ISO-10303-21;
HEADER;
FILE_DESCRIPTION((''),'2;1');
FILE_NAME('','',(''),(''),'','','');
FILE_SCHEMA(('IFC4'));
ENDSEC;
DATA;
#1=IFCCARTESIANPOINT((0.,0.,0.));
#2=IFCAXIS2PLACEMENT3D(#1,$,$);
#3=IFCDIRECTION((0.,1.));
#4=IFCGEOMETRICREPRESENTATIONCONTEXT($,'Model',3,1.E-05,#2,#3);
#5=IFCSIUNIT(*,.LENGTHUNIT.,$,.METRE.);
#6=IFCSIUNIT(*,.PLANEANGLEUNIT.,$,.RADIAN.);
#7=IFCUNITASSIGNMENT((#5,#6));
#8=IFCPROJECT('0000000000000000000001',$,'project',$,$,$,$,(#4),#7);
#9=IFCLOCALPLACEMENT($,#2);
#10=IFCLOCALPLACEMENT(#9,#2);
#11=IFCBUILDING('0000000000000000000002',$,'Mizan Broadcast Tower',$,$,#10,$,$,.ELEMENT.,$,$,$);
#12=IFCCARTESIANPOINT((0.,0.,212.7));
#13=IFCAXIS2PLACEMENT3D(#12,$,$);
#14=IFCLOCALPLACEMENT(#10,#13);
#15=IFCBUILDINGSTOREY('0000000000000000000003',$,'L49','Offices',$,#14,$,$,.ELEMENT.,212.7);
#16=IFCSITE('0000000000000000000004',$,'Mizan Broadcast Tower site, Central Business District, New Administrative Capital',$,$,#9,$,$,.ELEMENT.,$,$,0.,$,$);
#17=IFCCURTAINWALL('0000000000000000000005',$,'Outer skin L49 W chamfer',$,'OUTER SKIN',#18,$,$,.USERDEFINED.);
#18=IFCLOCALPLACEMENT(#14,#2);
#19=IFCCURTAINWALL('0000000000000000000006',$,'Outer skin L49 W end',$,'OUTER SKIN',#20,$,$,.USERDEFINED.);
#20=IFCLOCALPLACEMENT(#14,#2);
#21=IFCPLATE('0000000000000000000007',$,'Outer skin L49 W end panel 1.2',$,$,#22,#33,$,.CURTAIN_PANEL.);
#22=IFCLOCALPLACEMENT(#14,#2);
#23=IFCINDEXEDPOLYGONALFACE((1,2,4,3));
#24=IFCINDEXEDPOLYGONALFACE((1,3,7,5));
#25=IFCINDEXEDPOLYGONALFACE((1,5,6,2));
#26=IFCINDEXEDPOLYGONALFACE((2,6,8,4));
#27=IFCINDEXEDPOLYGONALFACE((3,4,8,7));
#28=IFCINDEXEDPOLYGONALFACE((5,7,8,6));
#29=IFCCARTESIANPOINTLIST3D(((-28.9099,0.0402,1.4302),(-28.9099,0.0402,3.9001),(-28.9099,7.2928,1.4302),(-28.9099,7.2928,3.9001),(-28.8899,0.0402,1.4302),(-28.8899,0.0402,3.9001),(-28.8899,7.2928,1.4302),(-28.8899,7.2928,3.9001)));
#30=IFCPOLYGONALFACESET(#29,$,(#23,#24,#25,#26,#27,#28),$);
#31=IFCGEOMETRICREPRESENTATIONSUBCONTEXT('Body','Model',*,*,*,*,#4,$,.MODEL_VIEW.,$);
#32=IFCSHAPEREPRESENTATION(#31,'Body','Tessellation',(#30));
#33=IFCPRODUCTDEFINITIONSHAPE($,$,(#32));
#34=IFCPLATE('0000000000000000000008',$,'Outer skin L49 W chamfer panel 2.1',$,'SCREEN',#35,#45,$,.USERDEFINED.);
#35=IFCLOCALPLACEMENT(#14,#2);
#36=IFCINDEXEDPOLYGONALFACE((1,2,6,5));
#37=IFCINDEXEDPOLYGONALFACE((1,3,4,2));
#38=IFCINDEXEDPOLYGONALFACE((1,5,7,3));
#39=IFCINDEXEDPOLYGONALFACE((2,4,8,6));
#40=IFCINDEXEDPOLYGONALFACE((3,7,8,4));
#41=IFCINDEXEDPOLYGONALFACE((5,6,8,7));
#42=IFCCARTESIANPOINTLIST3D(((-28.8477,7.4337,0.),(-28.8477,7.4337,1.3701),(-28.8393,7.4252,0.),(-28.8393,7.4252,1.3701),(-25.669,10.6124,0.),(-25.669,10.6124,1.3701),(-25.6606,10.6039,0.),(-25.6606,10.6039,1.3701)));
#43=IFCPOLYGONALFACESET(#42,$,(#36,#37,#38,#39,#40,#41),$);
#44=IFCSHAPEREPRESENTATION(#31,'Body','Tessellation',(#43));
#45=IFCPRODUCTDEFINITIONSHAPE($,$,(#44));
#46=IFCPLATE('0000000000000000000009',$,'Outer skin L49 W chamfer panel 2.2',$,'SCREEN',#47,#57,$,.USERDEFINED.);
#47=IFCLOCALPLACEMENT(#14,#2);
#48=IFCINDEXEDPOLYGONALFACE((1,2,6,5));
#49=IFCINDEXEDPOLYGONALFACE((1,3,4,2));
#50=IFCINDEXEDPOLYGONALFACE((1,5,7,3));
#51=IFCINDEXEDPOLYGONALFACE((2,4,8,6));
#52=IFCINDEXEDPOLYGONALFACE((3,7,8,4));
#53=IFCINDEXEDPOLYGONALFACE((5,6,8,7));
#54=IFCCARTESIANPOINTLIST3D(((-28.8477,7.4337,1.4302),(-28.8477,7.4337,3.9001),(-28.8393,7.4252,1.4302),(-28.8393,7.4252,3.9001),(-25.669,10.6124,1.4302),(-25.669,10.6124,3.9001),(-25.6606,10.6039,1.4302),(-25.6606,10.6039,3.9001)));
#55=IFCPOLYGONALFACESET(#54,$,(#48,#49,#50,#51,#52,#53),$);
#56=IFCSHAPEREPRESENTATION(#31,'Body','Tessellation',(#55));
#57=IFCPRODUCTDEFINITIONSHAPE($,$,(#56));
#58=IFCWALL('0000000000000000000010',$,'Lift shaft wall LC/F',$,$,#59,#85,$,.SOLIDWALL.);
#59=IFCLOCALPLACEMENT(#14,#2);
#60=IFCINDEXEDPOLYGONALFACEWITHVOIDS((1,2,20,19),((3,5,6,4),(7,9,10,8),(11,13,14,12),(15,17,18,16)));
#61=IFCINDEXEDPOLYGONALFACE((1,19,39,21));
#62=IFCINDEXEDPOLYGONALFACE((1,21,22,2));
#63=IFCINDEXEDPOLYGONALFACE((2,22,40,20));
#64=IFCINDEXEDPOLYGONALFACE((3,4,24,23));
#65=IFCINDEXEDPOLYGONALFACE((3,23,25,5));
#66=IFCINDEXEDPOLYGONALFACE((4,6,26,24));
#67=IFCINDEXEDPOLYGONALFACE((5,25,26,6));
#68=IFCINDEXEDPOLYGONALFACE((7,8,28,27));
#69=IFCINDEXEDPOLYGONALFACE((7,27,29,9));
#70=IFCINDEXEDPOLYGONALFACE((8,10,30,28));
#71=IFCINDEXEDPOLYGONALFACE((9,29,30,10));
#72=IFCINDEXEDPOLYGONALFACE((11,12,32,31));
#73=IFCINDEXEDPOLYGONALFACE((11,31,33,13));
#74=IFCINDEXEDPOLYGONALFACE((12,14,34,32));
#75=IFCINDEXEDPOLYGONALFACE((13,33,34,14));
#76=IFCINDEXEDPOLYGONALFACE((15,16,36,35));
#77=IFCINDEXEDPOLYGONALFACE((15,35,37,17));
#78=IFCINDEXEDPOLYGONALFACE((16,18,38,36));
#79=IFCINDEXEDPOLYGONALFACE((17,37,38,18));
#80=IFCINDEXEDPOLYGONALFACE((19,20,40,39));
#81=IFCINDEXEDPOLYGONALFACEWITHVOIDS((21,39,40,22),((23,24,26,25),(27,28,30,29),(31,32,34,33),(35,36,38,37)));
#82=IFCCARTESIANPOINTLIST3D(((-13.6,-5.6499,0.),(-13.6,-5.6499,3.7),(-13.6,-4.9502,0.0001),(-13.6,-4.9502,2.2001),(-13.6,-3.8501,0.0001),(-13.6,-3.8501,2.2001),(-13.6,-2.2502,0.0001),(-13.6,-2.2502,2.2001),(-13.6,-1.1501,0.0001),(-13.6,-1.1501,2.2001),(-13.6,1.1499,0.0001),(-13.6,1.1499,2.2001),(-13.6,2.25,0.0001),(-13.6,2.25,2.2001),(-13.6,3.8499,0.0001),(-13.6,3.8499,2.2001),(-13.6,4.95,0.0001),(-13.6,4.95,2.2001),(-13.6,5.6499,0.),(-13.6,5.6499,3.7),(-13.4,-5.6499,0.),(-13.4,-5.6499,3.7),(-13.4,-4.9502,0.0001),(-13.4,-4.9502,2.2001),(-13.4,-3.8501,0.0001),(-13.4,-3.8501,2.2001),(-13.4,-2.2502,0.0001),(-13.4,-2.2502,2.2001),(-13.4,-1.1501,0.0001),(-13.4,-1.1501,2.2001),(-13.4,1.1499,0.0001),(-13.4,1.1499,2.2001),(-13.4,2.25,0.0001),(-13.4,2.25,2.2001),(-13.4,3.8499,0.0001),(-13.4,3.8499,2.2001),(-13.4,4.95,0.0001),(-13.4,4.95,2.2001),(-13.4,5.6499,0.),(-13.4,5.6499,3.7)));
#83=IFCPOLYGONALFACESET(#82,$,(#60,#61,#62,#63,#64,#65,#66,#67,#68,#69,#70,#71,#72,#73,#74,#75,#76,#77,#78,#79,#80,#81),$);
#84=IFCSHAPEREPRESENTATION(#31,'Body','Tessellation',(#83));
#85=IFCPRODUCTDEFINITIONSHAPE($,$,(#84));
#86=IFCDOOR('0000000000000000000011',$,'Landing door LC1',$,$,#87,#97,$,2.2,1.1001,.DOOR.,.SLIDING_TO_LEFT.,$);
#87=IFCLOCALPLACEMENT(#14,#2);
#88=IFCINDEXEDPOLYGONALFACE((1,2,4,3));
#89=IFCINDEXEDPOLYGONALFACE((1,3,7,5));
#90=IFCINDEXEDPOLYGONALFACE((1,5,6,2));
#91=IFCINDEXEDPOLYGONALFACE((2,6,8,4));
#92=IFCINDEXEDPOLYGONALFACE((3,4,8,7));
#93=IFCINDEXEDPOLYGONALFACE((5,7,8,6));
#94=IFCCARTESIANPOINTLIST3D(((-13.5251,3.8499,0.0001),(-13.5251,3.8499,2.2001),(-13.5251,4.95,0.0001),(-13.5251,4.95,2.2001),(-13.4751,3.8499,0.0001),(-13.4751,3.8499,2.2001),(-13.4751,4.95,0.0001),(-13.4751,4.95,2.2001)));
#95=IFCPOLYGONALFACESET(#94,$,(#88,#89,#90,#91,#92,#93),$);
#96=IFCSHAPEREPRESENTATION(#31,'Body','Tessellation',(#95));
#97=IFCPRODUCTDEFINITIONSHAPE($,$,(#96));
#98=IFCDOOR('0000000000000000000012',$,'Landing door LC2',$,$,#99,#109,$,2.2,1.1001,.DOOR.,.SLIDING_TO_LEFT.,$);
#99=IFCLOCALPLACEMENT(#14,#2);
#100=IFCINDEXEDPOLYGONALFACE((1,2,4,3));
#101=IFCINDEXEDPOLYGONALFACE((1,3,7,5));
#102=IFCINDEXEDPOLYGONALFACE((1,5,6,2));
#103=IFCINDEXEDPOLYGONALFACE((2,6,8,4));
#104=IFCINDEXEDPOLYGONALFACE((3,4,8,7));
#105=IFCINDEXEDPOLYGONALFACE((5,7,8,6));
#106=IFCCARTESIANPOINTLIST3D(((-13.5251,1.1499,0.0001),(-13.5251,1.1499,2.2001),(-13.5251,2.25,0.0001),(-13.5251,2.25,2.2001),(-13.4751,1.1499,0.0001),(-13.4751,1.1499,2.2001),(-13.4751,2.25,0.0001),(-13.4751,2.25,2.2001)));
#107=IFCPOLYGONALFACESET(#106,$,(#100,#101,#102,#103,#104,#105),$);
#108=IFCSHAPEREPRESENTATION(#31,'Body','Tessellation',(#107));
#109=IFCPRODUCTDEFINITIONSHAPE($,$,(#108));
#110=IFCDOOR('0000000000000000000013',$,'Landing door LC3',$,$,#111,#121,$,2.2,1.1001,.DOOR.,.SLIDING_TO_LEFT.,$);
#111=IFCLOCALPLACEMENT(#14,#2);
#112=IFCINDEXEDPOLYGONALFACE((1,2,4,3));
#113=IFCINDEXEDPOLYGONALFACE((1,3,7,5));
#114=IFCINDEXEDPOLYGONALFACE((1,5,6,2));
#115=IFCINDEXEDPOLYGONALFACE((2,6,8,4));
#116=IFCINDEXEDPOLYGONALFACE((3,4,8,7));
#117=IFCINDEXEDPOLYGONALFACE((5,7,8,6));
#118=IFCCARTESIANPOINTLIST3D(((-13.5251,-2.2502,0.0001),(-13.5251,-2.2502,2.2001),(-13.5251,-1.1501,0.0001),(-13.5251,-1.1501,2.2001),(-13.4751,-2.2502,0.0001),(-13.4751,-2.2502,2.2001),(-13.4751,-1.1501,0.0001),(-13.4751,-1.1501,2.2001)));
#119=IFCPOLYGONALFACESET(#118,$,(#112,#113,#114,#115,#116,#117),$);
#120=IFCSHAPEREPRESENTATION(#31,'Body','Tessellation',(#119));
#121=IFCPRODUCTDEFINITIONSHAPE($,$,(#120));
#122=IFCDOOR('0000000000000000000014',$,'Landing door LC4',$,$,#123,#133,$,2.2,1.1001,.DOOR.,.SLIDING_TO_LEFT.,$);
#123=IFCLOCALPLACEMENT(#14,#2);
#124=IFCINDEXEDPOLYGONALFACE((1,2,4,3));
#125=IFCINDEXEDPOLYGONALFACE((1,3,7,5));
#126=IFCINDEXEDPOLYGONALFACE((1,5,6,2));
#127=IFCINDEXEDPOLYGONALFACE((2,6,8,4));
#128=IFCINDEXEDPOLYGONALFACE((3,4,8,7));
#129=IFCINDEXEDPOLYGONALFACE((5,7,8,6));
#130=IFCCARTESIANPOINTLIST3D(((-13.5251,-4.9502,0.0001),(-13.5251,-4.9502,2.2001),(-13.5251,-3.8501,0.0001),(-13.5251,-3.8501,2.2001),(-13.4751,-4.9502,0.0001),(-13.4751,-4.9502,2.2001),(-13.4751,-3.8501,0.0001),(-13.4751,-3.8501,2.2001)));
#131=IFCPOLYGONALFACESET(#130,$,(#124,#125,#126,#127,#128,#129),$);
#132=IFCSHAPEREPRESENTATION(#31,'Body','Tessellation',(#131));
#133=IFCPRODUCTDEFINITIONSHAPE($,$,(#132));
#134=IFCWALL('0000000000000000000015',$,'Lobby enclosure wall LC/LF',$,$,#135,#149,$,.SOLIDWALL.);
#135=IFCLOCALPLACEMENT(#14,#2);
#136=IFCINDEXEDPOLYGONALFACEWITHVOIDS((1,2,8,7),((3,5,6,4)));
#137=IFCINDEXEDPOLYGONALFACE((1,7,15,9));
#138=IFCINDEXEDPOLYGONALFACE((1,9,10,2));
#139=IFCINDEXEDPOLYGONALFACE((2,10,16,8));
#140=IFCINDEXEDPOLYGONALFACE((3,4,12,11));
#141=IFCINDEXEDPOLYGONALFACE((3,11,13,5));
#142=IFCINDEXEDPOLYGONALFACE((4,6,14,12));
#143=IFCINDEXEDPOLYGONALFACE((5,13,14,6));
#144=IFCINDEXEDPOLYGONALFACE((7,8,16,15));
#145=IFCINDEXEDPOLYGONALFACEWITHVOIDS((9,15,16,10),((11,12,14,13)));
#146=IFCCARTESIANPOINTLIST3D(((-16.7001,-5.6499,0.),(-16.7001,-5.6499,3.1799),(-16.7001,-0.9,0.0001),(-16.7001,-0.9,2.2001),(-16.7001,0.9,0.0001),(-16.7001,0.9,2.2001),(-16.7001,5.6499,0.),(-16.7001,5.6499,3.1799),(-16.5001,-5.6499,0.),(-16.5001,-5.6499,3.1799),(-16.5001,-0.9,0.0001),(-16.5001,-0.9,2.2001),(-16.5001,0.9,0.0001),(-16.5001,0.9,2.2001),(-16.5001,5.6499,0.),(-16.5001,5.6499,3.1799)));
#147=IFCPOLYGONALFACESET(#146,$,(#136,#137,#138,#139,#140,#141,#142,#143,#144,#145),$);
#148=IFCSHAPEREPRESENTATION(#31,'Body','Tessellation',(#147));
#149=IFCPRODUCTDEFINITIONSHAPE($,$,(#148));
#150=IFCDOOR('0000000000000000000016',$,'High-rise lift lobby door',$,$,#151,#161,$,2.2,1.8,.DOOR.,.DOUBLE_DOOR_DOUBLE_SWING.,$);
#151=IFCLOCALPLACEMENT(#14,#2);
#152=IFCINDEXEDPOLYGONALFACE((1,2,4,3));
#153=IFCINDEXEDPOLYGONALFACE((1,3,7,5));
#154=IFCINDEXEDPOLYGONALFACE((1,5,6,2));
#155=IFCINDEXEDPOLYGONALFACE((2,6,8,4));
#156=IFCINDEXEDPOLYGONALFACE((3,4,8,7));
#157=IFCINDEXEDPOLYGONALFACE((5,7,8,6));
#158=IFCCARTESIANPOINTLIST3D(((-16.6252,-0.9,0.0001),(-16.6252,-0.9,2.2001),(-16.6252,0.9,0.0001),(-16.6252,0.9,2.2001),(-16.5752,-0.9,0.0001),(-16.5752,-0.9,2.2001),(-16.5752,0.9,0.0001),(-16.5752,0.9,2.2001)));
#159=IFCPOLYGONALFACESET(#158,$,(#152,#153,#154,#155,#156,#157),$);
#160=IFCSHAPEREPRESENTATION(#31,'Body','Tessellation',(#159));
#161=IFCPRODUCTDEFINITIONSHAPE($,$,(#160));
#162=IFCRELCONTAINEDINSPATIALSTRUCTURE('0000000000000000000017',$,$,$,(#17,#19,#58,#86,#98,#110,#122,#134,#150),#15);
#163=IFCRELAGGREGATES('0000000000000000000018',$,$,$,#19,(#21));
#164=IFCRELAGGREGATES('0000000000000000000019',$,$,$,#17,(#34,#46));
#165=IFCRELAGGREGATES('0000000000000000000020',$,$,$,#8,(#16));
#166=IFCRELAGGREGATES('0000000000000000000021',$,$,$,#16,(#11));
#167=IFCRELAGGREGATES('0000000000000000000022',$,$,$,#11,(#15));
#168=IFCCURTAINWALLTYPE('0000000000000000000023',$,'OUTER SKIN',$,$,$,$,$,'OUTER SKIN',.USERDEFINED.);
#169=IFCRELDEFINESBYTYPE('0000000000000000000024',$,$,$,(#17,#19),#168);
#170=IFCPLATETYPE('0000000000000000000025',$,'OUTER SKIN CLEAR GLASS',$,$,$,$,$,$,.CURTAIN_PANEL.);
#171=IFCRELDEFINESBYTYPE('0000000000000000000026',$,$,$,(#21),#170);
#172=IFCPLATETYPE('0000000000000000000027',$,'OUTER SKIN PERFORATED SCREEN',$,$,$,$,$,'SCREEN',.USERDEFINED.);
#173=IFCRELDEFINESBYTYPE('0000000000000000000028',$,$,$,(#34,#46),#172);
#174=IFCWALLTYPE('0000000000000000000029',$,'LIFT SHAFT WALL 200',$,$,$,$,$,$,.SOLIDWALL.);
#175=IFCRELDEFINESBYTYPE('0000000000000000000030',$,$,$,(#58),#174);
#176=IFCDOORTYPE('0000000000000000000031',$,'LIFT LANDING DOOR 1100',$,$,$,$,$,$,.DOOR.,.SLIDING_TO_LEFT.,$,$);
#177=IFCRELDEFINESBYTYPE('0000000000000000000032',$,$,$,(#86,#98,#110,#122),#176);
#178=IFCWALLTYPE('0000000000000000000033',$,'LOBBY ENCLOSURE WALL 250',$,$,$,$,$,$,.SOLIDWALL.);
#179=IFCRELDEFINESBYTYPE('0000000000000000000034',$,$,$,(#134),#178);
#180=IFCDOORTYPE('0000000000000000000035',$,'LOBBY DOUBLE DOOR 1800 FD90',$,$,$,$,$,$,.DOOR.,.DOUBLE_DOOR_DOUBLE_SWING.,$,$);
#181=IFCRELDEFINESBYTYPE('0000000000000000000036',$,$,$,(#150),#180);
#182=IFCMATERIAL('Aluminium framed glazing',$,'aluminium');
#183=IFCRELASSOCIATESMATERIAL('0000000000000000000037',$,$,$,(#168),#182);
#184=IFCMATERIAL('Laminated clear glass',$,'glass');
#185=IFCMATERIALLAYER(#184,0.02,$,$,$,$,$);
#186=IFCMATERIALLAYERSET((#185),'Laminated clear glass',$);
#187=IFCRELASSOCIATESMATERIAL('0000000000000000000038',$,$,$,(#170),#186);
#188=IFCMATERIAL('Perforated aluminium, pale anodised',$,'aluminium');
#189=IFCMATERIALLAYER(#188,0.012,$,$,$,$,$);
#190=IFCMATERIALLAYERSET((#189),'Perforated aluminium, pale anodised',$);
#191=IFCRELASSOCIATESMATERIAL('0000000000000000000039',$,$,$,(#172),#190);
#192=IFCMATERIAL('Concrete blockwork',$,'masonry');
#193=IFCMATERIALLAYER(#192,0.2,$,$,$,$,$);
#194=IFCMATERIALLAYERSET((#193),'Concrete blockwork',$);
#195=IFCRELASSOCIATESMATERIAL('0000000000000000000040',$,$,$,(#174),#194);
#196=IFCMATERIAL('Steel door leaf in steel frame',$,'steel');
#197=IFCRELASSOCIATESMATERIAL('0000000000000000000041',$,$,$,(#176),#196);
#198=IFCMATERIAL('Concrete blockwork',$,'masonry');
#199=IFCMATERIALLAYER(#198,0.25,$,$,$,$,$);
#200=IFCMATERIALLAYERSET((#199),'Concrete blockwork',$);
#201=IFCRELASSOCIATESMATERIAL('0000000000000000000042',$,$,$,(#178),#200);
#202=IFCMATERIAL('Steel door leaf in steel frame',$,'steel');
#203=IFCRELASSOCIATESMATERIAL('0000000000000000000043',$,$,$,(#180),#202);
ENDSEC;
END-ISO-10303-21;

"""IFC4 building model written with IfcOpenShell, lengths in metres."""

from ifc_helpers import new_model, si_unit, direction, frame, frame_2d, origin, origin_2d, place, context, subcontext, project, spatial, rectangle, extrude, material, layer, layer_set, type_object, element, fill, aggregate, save


model = new_model("IFC4")

# Units and contexts
model_context = context("Model", 3, precision=1e-05, world=origin(), true_north=direction((0.0, 1.0)))
body_context = subcontext(model_context, "Body", "Model", "MODEL_VIEW")
ifc_project = project(units=[si_unit("LENGTHUNIT", "METRE"), si_unit("PLANEANGLEUNIT", "RADIAN")], contexts=[model_context])

# Site, building, storey
site_placement = place(None, origin())
site = spatial("IfcSite", under=ifc_project, at=site_placement, Name="Mizan Broadcast Tower site, Central Business District, New Administrative Capital", CompositionType="ELEMENT", RefElevation=0.0)
building_placement = place(site_placement, origin())
building = spatial("IfcBuilding", under=site, at=building_placement, Name="Mizan Broadcast Tower", CompositionType="ELEMENT")
storey_placement = place(building_placement, frame((0.0, 0.0, 212.7)))
storey = spatial("IfcBuildingStorey", under=building, at=storey_placement, Name="L49", Description="Offices", CompositionType="ELEMENT", Elevation=212.7)

# Curtain wall
ifc_material_1 = material(Name="Aluminium framed glazing", Category="aluminium")
curtain_wall_type_1 = type_object("IfcCurtainWallType", Name="OUTER SKIN", ElementType="OUTER SKIN", PredefinedType="USERDEFINED", material=ifc_material_1)
curtain_wall_1_placement = place(storey_placement, origin())
curtain_wall_1 = element("IfcCurtainWall", 1, at=curtain_wall_1_placement, inside=storey, type_object=curtain_wall_type_1, Name="Outer skin L49 W chamfer", ObjectType="OUTER SKIN", PredefinedType="USERDEFINED")

# Curtain wall
curtain_wall_2_placement = place(storey_placement, origin())
curtain_wall_2 = element("IfcCurtainWall", 2, at=curtain_wall_2_placement, inside=storey, type_object=curtain_wall_type_1, Name="Outer skin L49 W end", ObjectType="OUTER SKIN", PredefinedType="USERDEFINED")

# Plates
ifc_material_2 = material(Name="Laminated clear glass", Category="glass")
ifc_layer_1 = layer(ifc_material_2, 0.02)
ifc_layer_set_1 = layer_set([ifc_layer_1], Name="Laminated clear glass")
plate_type_1 = type_object("IfcPlateType", Name="OUTER SKIN CLEAR GLASS", PredefinedType="CURTAIN_PANEL", material=ifc_layer_set_1)
plate_1_placement = place(storey_placement, frame((-28.8999, 3.6665, 1.4302), z_axis=(0.0, 0.0, 1.0), x_axis=(0.0, -1.0, 0.0)))
plate_1 = element("IfcPlate", 3, at=plate_1_placement, type_object=plate_type_1, Name="Outer skin L49 W end panel 1.2", PredefinedType="CURTAIN_PANEL", context=body_context, shape_type="SweptSolid", body=[
    extrude(rectangle(XDim=7.2527, YDim=0.02, at=origin_2d()), origin(), (0.0, 0.0, 1.0), 2.47),
])
aggregate(curtain_wall_2, [plate_1])
ifc_material_3 = material(Name="Perforated aluminium, pale anodised", Category="aluminium")
ifc_layer_2 = layer(ifc_material_3, 0.012)
ifc_layer_set_2 = layer_set([ifc_layer_2], Name="Perforated aluminium, pale anodised")
plate_type_2 = type_object("IfcPlateType", Name="OUTER SKIN PERFORATED SCREEN", ElementType="SCREEN", PredefinedType="USERDEFINED", material=ifc_layer_set_2)
plate_2_placement = place(storey_placement, frame((-27.2542, 9.0188, 0.0), z_axis=(0.0, 0.0, 1.0), x_axis=(-0.707107, -0.707107, 0.0)))
plate_2 = element("IfcPlate", 4, at=plate_2_placement, type_object=plate_type_2, Name="Outer skin L49 W chamfer panel 2.1", ObjectType="SCREEN", PredefinedType="USERDEFINED", context=body_context, shape_type="SweptSolid", body=[
    extrude(rectangle(XDim=4.4954, YDim=0.012, at=origin_2d()), origin(), (0.0, 0.0, 1.0), 1.3701),
])
plate_3_placement = place(storey_placement, frame((-27.2542, 9.0188, 1.4302), z_axis=(0.0, 0.0, 1.0), x_axis=(-0.707107, -0.707107, 0.0)))
plate_3 = element("IfcPlate", 5, at=plate_3_placement, type_object=plate_type_2, Name="Outer skin L49 W chamfer panel 2.2", ObjectType="SCREEN", PredefinedType="USERDEFINED", context=body_context, shape_type="SweptSolid", body=[
    extrude(rectangle(XDim=4.4954, YDim=0.012, at=origin_2d()), origin(), (0.0, 0.0, 1.0), 2.47),
])
aggregate(curtain_wall_1, [plate_2, plate_3])

# Wall, openings, doors
ifc_material_4 = material(Name="Concrete blockwork", Category="masonry")
ifc_layer_3 = layer(ifc_material_4, 0.2)
ifc_layer_set_3 = layer_set([ifc_layer_3], Name="Concrete blockwork")
wall_type_1 = type_object("IfcWallType", Name="LIFT SHAFT WALL 200", PredefinedType="SOLIDWALL", material=ifc_layer_set_3)
wall_1_placement = place(storey_placement, frame((-13.5, 5.6499, 0.0), z_axis=(0.0, 0.0, 1.0), x_axis=(0.0, -1.0, 0.0)))
wall_1 = element("IfcWall", 6, at=wall_1_placement, inside=storey, type_object=wall_type_1, Name="Lift shaft wall LC/F", PredefinedType="SOLIDWALL", context=body_context, shape_type="SweptSolid", body=[
    extrude(rectangle(XDim=11.2998, YDim=0.2, at=frame_2d((5.6499, 0.0))), origin(), (0.0, 0.0, 1.0), 3.7),
])
opening_1_placement = place(wall_1_placement, frame((0.7, 0.0, 0.0)))
opening_1 = element("IfcOpeningElement", 7, at=opening_1_placement, cuts=wall_1, PredefinedType="OPENING", context=body_context, shape_type="SweptSolid", body=[
    extrude(rectangle(XDim=1.1001, YDim=2.2, at=frame_2d((0.55, 1.1001))), frame((0.0, 0.1099, 0.0), z_axis=(0.0, -1.0, 0.0), x_axis=(1.0, 0.0, 0.0)), (0.0, 0.0, 1.0), 0.22),
])
opening_2_placement = place(wall_1_placement, frame((3.3999, 0.0, 0.0)))
opening_2 = element("IfcOpeningElement", 8, at=opening_2_placement, cuts=wall_1, PredefinedType="OPENING", context=body_context, shape_type="SweptSolid", body=[
    extrude(rectangle(XDim=1.1001, YDim=2.2, at=frame_2d((0.55, 1.1001))), frame((0.0, 0.1099, 0.0), z_axis=(0.0, -1.0, 0.0), x_axis=(1.0, 0.0, 0.0)), (0.0, 0.0, 1.0), 0.22),
])
opening_3_placement = place(wall_1_placement, frame((6.8, 0.0, 0.0)))
opening_3 = element("IfcOpeningElement", 9, at=opening_3_placement, cuts=wall_1, PredefinedType="OPENING", context=body_context, shape_type="SweptSolid", body=[
    extrude(rectangle(XDim=1.1001, YDim=2.2, at=frame_2d((0.55, 1.1001))), frame((0.0, 0.1099, 0.0), z_axis=(0.0, -1.0, 0.0), x_axis=(1.0, 0.0, 0.0)), (0.0, 0.0, 1.0), 0.22),
])
opening_4_placement = place(wall_1_placement, frame((9.5, 0.0, 0.0)))
opening_4 = element("IfcOpeningElement", 10, at=opening_4_placement, cuts=wall_1, PredefinedType="OPENING", context=body_context, shape_type="SweptSolid", body=[
    extrude(rectangle(XDim=1.1001, YDim=2.2, at=frame_2d((0.55, 1.1001))), frame((0.0, 0.1099, 0.0), z_axis=(0.0, -1.0, 0.0), x_axis=(1.0, 0.0, 0.0)), (0.0, 0.0, 1.0), 0.22),
])
ifc_material_5 = material(Name="Steel door leaf in steel frame", Category="steel")
door_type_1 = type_object("IfcDoorType", Name="LIFT LANDING DOOR 1100", OperationType="SLIDING_TO_LEFT", PredefinedType="DOOR", material=ifc_material_5)
door_1_placement = place(opening_1_placement, origin())
door_1 = element("IfcDoor", 11, at=door_1_placement, inside=storey, type_object=door_type_1, Name="Landing door LC1", OperationType="SLIDING_TO_LEFT", OverallHeight=2.2, OverallWidth=1.1001, PredefinedType="DOOR", context=body_context, shape_type="SweptSolid", body=[
    extrude(rectangle(XDim=1.1001, YDim=2.2, at=frame_2d((0.55, 1.1001))), frame((0.0, 0.0249, 0.0), z_axis=(0.0, -1.0, 0.0), x_axis=(1.0, 0.0, 0.0)), (0.0, 0.0, 1.0), 0.05),
])
fill(opening_1, door_1)
door_2_placement = place(opening_2_placement, origin())
door_2 = element("IfcDoor", 12, at=door_2_placement, inside=storey, type_object=door_type_1, Name="Landing door LC2", OperationType="SLIDING_TO_LEFT", OverallHeight=2.2, OverallWidth=1.1001, PredefinedType="DOOR", context=body_context, shape_type="SweptSolid", body=[
    extrude(rectangle(XDim=1.1001, YDim=2.2, at=frame_2d((0.55, 1.1001))), frame((0.0, 0.0249, 0.0), z_axis=(0.0, -1.0, 0.0), x_axis=(1.0, 0.0, 0.0)), (0.0, 0.0, 1.0), 0.05),
])
fill(opening_2, door_2)
door_3_placement = place(opening_3_placement, origin())
door_3 = element("IfcDoor", 13, at=door_3_placement, inside=storey, type_object=door_type_1, Name="Landing door LC3", OperationType="SLIDING_TO_LEFT", OverallHeight=2.2, OverallWidth=1.1001, PredefinedType="DOOR", context=body_context, shape_type="SweptSolid", body=[
    extrude(rectangle(XDim=1.1001, YDim=2.2, at=frame_2d((0.55, 1.1001))), frame((0.0, 0.0249, 0.0), z_axis=(0.0, -1.0, 0.0), x_axis=(1.0, 0.0, 0.0)), (0.0, 0.0, 1.0), 0.05),
])
fill(opening_3, door_3)
door_4_placement = place(opening_4_placement, origin())
door_4 = element("IfcDoor", 14, at=door_4_placement, inside=storey, type_object=door_type_1, Name="Landing door LC4", OperationType="SLIDING_TO_LEFT", OverallHeight=2.2, OverallWidth=1.1001, PredefinedType="DOOR", context=body_context, shape_type="SweptSolid", body=[
    extrude(rectangle(XDim=1.1001, YDim=2.2, at=frame_2d((0.55, 1.1001))), frame((0.0, 0.0249, 0.0), z_axis=(0.0, -1.0, 0.0), x_axis=(1.0, 0.0, 0.0)), (0.0, 0.0, 1.0), 0.05),
])
fill(opening_4, door_4)

# Wall, opening, door
ifc_material_6 = material(Name="Concrete blockwork", Category="masonry")
ifc_layer_4 = layer(ifc_material_6, 0.25)
ifc_layer_set_4 = layer_set([ifc_layer_4], Name="Concrete blockwork")
wall_type_2 = type_object("IfcWallType", Name="LOBBY ENCLOSURE WALL 250", PredefinedType="SOLIDWALL", material=ifc_layer_set_4)
wall_2_placement = place(storey_placement, frame((-16.6001, 5.6499, 0.0), z_axis=(0.0, 0.0, 1.0), x_axis=(0.0, -1.0, 0.0)))
wall_2 = element("IfcWall", 15, at=wall_2_placement, inside=storey, type_object=wall_type_2, Name="Lobby enclosure wall LC/LF", PredefinedType="SOLIDWALL", context=body_context, shape_type="SweptSolid", body=[
    extrude(rectangle(XDim=11.2998, YDim=0.2, at=frame_2d((5.6499, 0.0))), origin(), (0.0, 0.0, 1.0), 3.1799),
])
opening_5_placement = place(wall_2_placement, frame((4.75, 0.0, 0.0)))
opening_5 = element("IfcOpeningElement", 16, at=opening_5_placement, cuts=wall_2, PredefinedType="OPENING", context=body_context, shape_type="SweptSolid", body=[
    extrude(rectangle(XDim=1.8, YDim=2.2, at=frame_2d((0.8999, 1.1001))), frame((0.0, 0.1099, 0.0), z_axis=(0.0, -1.0, 0.0), x_axis=(1.0, 0.0, 0.0)), (0.0, 0.0, 1.0), 0.22),
])
ifc_material_7 = material(Name="Steel door leaf in steel frame", Category="steel")
door_type_2 = type_object("IfcDoorType", Name="LOBBY DOUBLE DOOR 1800 FD90", OperationType="DOUBLE_DOOR_DOUBLE_SWING", PredefinedType="DOOR", material=ifc_material_7)
door_5_placement = place(opening_5_placement, origin())
door_5 = element("IfcDoor", 17, at=door_5_placement, inside=storey, type_object=door_type_2, Name="High-rise lift lobby door", OperationType="DOUBLE_DOOR_DOUBLE_SWING", OverallHeight=2.2, OverallWidth=1.8, PredefinedType="DOOR", context=body_context, shape_type="SweptSolid", body=[
    extrude(rectangle(XDim=1.8, YDim=2.2, at=frame_2d((0.8999, 1.1001))), frame((0.0, 0.0249, 0.0), z_axis=(0.0, -1.0, 0.0), x_axis=(1.0, 0.0, 0.0)), (0.0, 0.0, 1.0), 0.05),
])
fill(opening_5, door_5)

save(model, "model.ifc")
